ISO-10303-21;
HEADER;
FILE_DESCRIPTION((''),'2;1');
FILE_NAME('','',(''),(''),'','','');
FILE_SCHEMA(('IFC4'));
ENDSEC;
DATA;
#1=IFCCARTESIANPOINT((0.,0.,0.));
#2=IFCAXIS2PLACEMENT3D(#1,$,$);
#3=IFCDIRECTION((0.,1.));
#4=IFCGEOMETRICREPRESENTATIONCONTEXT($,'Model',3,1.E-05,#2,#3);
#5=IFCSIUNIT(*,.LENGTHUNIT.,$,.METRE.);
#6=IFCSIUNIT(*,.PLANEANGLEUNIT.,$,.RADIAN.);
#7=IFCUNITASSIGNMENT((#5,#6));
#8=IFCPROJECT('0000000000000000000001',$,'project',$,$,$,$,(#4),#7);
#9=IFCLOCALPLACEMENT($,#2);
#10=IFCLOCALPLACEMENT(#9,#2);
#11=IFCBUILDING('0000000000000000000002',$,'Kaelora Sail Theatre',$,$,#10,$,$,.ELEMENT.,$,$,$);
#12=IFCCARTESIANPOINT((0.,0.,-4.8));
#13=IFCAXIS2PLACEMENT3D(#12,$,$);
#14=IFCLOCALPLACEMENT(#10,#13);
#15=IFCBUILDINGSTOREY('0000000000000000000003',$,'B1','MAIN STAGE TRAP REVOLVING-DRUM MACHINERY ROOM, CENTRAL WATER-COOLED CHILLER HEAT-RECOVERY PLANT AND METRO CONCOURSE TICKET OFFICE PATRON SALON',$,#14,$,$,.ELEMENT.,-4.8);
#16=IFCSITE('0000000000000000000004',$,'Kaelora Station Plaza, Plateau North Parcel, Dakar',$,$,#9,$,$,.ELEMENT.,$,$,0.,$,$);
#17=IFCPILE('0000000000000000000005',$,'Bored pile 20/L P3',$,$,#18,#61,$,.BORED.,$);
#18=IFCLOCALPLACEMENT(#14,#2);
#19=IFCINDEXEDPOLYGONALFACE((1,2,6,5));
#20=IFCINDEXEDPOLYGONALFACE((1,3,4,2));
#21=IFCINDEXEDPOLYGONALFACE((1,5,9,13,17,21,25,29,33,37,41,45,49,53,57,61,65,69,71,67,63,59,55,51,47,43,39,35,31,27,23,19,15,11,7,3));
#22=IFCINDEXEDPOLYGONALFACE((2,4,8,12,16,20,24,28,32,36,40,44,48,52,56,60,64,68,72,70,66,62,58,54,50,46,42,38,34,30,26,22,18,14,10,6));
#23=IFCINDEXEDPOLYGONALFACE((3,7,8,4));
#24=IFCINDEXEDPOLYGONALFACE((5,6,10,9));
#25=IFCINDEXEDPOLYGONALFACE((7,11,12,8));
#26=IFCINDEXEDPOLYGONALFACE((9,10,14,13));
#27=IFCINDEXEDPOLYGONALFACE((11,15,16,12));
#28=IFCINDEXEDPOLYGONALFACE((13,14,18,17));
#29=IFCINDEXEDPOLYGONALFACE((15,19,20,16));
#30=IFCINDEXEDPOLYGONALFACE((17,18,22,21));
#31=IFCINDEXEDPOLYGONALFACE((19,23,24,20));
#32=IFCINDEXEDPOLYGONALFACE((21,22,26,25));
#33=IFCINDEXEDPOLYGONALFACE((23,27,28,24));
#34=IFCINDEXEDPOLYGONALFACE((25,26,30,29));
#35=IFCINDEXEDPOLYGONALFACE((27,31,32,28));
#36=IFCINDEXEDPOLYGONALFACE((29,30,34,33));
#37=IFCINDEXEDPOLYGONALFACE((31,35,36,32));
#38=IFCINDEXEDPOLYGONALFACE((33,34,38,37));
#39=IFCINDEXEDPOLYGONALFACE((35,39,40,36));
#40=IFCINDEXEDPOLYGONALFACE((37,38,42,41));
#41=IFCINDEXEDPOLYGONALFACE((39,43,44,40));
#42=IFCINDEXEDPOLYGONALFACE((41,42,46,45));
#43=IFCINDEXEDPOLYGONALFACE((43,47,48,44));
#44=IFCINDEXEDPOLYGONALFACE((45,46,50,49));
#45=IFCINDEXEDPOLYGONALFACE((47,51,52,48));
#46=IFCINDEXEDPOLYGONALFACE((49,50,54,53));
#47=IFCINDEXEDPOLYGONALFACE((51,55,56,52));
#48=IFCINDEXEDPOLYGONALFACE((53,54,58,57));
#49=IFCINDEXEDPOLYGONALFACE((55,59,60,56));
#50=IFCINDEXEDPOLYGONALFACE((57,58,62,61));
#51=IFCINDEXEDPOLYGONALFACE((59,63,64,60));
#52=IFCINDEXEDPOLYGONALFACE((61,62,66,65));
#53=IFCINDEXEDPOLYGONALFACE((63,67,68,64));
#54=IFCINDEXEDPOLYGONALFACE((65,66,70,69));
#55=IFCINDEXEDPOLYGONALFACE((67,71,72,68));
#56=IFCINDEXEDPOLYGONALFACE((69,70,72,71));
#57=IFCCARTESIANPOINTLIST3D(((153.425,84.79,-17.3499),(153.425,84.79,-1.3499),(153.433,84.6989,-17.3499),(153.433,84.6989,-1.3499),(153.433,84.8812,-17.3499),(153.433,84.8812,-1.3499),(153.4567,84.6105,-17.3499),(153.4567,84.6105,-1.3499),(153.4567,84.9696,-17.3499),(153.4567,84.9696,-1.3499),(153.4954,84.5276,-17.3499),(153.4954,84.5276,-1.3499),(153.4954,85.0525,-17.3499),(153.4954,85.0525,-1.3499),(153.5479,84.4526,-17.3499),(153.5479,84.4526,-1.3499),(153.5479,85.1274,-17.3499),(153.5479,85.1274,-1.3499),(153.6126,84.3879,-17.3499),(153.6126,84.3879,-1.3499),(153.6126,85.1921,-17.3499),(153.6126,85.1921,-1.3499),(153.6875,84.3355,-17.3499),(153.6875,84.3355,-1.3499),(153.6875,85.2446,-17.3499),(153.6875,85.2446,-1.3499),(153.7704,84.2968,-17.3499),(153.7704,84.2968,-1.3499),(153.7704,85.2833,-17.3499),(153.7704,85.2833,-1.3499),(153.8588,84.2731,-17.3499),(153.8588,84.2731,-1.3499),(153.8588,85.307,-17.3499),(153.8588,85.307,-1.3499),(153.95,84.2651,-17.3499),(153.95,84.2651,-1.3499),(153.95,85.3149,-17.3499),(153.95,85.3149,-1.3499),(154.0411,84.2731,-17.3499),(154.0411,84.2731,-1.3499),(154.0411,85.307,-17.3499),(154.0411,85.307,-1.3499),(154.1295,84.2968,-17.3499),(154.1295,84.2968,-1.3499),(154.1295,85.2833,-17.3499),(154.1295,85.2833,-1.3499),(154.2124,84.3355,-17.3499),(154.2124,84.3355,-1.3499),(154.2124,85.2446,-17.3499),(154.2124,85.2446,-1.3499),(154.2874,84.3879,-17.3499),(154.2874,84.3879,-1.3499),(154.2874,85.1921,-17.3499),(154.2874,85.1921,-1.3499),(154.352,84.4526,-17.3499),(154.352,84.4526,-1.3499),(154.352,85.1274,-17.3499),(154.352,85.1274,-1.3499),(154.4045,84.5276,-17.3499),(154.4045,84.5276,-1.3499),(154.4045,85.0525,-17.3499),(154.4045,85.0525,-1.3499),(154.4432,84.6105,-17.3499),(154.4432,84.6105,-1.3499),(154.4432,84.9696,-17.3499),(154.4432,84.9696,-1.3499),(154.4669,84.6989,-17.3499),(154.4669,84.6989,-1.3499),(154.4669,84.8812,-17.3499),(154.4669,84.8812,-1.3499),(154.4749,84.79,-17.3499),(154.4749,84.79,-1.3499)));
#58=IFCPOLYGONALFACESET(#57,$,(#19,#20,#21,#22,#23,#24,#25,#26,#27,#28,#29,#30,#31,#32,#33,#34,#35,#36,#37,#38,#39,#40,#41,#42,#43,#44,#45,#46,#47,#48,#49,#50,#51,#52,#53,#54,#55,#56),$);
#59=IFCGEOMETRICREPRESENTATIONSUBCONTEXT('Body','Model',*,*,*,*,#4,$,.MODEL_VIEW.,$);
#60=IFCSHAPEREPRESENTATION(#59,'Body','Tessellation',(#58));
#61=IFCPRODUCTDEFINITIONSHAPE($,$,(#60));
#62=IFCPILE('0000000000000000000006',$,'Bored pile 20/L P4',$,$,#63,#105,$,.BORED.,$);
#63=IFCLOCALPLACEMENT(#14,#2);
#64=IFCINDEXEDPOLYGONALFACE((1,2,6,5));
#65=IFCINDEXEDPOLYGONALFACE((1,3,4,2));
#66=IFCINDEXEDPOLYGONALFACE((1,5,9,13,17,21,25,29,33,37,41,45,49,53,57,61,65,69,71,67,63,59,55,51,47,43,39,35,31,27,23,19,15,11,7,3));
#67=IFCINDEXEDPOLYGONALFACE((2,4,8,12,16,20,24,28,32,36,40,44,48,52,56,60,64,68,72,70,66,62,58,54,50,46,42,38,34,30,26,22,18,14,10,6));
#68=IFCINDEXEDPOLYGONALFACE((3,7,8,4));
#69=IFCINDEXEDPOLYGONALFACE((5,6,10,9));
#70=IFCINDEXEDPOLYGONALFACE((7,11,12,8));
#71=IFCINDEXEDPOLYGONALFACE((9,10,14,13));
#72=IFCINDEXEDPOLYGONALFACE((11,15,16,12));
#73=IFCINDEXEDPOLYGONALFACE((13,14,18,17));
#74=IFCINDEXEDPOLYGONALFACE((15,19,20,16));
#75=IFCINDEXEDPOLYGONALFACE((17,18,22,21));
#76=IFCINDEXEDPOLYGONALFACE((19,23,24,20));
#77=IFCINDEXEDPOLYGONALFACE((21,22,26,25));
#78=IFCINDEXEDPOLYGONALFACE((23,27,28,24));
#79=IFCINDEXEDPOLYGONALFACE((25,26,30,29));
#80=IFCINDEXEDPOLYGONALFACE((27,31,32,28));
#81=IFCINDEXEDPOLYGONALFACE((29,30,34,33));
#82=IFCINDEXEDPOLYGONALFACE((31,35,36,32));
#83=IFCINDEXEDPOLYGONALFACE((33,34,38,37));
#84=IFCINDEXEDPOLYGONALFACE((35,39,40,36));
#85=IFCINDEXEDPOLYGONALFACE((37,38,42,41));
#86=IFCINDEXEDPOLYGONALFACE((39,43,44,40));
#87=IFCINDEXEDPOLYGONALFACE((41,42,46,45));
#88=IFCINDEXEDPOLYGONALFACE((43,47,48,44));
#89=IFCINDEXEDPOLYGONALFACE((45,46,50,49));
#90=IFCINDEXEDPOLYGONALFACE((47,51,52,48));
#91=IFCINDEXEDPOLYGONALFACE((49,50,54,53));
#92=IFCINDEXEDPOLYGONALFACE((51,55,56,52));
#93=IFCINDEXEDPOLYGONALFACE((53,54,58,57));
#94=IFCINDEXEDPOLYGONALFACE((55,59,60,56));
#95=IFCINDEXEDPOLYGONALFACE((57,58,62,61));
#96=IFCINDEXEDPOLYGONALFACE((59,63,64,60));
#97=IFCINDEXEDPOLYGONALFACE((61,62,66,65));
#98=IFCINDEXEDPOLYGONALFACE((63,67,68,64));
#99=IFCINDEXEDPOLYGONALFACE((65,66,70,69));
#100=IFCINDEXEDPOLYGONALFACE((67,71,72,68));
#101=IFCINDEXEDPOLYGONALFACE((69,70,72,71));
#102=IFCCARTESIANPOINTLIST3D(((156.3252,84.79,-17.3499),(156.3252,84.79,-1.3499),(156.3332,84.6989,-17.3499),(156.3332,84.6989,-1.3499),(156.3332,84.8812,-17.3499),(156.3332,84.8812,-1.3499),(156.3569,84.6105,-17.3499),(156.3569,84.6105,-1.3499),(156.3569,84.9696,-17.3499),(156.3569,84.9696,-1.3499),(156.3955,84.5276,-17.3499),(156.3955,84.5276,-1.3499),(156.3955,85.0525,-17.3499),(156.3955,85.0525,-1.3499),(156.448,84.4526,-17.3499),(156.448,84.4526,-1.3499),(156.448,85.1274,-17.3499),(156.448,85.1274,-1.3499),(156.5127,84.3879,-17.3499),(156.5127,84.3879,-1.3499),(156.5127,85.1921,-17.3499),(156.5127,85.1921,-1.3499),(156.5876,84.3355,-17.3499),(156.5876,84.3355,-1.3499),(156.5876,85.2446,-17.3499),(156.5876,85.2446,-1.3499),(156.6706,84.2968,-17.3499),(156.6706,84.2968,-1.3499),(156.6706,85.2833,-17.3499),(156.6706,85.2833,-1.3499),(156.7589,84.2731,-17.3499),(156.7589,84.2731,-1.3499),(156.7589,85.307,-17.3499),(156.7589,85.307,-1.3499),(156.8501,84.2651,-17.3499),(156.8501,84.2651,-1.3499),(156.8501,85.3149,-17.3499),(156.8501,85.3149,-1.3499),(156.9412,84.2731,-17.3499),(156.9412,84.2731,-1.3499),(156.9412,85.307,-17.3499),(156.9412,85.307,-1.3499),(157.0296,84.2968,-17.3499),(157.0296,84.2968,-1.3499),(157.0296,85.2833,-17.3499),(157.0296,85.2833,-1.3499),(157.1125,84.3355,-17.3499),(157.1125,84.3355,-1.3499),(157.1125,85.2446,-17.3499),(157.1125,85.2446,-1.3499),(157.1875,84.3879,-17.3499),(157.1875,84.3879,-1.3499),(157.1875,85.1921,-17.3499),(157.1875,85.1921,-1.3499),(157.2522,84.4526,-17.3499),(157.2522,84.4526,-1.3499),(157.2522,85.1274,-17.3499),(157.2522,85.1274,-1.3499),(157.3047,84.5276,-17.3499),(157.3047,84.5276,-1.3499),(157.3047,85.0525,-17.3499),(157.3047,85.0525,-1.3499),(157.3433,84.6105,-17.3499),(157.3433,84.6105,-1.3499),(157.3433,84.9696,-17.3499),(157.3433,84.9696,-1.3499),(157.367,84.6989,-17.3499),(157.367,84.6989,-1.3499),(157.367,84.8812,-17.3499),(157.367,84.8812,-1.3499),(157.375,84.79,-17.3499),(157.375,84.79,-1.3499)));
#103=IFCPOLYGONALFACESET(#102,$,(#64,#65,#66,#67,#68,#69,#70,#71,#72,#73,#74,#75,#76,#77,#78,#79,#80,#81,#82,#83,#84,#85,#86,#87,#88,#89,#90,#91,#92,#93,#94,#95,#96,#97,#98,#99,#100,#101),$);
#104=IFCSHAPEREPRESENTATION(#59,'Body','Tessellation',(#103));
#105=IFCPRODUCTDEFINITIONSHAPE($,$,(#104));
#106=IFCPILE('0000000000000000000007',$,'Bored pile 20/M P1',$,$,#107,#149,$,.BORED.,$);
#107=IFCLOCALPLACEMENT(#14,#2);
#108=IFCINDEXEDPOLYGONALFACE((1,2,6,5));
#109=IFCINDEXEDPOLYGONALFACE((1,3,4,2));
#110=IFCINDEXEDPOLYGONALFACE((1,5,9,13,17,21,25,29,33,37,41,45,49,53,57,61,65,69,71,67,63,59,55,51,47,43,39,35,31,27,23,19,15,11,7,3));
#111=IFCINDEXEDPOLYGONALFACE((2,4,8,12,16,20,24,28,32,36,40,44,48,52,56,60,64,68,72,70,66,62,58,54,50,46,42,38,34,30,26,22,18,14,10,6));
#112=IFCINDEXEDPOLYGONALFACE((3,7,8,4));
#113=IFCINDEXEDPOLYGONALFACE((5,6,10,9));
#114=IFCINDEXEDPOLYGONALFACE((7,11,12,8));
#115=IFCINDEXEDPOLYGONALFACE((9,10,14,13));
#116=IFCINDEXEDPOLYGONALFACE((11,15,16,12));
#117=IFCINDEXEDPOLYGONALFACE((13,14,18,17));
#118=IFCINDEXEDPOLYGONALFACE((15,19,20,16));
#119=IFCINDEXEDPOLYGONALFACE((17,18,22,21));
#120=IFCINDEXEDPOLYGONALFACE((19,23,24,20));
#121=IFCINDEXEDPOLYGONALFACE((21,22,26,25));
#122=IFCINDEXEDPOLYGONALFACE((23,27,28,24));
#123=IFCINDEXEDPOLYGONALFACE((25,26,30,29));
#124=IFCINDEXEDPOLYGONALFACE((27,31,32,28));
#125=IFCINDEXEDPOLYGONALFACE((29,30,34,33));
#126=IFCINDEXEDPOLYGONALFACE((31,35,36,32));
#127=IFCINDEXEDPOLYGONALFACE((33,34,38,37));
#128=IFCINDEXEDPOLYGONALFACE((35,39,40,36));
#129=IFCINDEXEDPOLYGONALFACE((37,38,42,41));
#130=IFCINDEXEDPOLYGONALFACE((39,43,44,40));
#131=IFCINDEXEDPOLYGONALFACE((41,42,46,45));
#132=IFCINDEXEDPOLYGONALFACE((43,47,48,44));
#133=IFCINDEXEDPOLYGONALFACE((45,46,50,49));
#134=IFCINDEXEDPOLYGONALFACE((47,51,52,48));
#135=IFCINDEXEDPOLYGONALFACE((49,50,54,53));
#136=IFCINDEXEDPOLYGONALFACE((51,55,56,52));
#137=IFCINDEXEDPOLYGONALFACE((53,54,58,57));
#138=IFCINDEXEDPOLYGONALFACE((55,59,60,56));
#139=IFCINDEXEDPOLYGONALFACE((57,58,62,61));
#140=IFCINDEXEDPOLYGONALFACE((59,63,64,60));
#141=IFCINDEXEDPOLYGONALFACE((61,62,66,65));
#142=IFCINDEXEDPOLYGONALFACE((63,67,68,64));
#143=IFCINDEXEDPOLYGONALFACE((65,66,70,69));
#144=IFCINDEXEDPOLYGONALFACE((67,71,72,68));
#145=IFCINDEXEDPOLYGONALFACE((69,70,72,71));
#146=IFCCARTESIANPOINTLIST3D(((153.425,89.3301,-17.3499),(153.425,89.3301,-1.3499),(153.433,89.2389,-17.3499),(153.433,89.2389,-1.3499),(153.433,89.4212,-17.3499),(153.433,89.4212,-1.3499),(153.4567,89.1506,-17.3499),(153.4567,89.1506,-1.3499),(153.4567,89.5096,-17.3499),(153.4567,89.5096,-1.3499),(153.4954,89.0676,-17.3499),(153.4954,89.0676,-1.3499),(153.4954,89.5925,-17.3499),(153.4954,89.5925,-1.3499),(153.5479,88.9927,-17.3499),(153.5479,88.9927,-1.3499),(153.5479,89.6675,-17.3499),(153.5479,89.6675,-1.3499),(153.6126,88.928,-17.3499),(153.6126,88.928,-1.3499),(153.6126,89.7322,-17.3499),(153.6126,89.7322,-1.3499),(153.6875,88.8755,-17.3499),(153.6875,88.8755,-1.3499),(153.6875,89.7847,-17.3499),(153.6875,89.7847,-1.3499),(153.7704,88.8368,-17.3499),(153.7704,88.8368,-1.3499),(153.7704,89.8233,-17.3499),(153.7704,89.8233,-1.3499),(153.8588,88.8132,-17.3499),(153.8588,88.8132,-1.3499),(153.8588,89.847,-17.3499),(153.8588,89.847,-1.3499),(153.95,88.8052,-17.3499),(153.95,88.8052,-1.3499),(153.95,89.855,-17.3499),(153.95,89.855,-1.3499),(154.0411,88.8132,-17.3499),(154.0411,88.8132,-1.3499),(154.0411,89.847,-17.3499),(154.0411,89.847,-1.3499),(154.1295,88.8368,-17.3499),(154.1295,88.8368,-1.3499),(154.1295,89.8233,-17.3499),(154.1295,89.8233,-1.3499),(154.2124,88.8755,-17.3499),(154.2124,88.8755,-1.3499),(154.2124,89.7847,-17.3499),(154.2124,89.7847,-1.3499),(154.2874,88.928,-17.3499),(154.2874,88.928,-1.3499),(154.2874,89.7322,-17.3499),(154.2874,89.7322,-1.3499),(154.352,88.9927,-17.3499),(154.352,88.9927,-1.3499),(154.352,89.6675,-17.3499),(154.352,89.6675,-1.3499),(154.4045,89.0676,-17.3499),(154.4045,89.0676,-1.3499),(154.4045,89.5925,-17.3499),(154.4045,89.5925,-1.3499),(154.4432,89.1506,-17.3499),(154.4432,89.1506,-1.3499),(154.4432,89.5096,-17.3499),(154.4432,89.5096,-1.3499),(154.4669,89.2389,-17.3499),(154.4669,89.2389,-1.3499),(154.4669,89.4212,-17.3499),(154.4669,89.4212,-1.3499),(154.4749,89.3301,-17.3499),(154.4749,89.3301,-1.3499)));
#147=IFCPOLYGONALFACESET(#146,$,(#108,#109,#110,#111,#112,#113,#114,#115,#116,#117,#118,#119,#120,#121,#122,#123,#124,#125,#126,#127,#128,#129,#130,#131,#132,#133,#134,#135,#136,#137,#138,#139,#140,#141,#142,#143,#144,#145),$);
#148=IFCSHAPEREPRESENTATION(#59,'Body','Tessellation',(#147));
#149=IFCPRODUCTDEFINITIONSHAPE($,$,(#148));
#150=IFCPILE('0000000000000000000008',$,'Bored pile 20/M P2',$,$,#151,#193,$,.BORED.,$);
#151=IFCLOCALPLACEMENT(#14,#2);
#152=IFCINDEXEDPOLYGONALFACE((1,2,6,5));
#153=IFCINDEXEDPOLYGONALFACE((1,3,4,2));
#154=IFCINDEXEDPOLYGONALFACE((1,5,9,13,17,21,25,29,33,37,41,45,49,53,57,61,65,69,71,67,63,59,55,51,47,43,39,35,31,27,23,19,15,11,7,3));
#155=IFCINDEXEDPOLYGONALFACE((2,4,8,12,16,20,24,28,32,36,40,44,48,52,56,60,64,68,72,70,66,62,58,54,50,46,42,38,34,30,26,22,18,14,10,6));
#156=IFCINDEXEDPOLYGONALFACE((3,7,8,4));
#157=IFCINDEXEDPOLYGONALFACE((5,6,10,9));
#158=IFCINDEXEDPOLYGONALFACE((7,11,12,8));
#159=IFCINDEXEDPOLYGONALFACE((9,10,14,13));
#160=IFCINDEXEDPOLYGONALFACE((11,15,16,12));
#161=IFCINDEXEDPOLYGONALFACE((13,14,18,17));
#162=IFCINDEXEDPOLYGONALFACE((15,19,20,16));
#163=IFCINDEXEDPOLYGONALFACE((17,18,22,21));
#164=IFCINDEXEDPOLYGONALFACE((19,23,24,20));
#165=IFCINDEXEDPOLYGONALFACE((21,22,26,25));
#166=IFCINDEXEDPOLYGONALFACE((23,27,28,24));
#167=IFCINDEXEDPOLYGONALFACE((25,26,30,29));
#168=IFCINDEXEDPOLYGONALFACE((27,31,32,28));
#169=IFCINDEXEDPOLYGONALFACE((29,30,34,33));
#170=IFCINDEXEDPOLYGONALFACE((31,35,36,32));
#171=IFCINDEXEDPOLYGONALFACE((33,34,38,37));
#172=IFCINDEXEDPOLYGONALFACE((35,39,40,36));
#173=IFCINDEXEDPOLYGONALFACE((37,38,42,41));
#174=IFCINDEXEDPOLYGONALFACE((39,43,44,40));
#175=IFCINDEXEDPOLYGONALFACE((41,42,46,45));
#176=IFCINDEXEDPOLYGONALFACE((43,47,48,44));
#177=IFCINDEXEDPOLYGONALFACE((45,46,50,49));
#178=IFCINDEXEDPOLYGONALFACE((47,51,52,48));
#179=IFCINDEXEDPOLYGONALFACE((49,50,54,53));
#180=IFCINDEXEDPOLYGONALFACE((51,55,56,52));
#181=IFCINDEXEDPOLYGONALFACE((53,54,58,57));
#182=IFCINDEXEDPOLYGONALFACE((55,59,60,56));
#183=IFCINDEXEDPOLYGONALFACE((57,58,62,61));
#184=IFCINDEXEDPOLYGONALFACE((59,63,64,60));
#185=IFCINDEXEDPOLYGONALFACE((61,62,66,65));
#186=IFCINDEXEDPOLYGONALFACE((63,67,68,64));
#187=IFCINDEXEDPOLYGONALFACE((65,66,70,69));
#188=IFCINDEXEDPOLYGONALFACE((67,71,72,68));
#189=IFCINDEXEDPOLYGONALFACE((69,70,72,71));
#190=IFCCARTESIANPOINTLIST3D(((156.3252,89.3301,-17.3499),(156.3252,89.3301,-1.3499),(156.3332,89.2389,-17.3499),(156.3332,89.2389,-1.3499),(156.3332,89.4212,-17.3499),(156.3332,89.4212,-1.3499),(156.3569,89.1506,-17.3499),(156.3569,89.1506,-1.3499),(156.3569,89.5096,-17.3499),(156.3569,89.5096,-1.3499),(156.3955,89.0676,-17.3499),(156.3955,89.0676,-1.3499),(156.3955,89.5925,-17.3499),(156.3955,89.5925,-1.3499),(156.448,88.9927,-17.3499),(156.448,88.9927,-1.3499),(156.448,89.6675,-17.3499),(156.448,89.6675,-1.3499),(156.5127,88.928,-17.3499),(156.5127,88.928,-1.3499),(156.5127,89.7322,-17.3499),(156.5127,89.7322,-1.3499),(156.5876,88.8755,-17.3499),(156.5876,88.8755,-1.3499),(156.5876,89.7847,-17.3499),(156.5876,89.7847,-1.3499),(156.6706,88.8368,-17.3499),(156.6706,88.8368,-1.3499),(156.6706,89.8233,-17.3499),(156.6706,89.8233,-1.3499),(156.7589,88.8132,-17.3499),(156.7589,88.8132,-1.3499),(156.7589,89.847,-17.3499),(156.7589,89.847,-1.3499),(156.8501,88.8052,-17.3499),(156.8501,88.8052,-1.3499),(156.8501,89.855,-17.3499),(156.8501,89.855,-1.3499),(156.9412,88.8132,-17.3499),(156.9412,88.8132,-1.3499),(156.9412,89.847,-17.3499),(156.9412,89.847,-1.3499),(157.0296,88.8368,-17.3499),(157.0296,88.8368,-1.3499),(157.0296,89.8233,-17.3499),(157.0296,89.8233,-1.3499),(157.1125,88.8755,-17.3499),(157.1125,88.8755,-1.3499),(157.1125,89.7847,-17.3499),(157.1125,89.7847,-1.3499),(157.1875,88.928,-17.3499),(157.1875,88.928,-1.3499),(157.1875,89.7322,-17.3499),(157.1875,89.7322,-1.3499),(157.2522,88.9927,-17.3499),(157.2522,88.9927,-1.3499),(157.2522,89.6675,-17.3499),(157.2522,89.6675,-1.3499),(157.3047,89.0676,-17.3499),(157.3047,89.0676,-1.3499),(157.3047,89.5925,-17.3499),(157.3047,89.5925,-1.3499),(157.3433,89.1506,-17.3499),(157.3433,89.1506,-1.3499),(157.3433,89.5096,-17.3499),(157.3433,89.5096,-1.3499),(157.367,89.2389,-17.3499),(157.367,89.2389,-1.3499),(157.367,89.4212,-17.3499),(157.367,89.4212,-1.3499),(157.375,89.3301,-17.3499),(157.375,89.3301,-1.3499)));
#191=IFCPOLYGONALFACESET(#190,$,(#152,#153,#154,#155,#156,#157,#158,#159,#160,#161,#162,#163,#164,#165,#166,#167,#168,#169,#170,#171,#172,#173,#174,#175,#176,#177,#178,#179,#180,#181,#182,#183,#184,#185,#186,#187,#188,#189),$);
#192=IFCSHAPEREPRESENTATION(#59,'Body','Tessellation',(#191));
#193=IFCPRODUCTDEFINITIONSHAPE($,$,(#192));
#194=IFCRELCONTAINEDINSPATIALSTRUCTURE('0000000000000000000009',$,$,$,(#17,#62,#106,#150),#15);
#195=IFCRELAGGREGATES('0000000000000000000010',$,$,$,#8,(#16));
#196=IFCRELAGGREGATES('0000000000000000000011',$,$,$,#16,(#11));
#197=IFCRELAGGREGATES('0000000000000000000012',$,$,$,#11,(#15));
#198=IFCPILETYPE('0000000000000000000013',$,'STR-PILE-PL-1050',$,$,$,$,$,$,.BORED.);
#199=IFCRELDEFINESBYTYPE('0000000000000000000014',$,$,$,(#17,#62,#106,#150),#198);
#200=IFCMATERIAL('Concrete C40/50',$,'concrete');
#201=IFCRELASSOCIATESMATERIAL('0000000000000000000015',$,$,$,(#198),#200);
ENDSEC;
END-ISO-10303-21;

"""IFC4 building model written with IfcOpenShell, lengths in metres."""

from ifc_helpers import new_model, si_unit, direction, frame, origin, origin_2d, place, context, subcontext, project, spatial, circle, extrude, material, material_profile, profile_set, type_object, element, save


model = new_model("IFC4")

# Units and contexts
model_context = context("Model", 3, precision=1e-05, world=origin(), true_north=direction((0.0, 1.0)))
body_context = subcontext(model_context, "Body", "Model", "MODEL_VIEW")
ifc_project = project(units=[si_unit("LENGTHUNIT", "METRE"), si_unit("PLANEANGLEUNIT", "RADIAN")], contexts=[model_context])

# Site, building, storey
site_placement = place(None, origin())
site = spatial("IfcSite", under=ifc_project, at=site_placement, Name="Kaelora Station Plaza, Plateau North Parcel, Dakar", CompositionType="ELEMENT", RefElevation=0.0)
building_placement = place(site_placement, origin())
building = spatial("IfcBuilding", under=site, at=building_placement, Name="Kaelora Sail Theatre", CompositionType="ELEMENT")
storey_placement = place(building_placement, frame((0.0, 0.0, -4.8)))
storey = spatial("IfcBuildingStorey", under=building, at=storey_placement, Name="B1", Description="MAIN STAGE TRAP REVOLVING-DRUM MACHINERY ROOM, CENTRAL WATER-COOLED CHILLER HEAT-RECOVERY PLANT AND METRO CONCOURSE TICKET OFFICE PATRON SALON", CompositionType="ELEMENT", Elevation=-4.8)

# Piles
ifc_material_1 = material(Name="Concrete C40/50", Category="concrete")
ifc_material_profile_1 = material_profile(ifc_material_1, circle(Radius=0.5249, at=origin_2d()), Name="PILE D1050")
ifc_profile_set_1 = profile_set([ifc_material_profile_1], Name="Concrete C40/50")
pile_type_1 = type_object("IfcPileType", Name="STR-PILE-PL-1050", PredefinedType="BORED", material=ifc_profile_set_1)
for number, where, z_axis, x_axis, name in (
    (1, (153.95, 84.79, -1.3499), (0.0, 0.0, -1.0), (1.0, 0.0, 0.0), "Bored pile 20/L P3"),
    (2, (156.8501, 84.79, -1.3499), (0.0, 0.0, -1.0), (1.0, 0.0, 0.0), "Bored pile 20/L P4"),
    (3, (153.95, 89.3301, -1.3499), (0.0, 0.0, -1.0), (1.0, 0.0, 0.0), "Bored pile 20/M P1"),
    (4, (156.8501, 89.3301, -1.3499), (0.0, 0.0, -1.0), (1.0, 0.0, 0.0), "Bored pile 20/M P2"),
):
    element("IfcPile", number, at=place(storey_placement, frame(where, z_axis=z_axis, x_axis=x_axis)), inside=storey, type_object=pile_type_1, Name=name, PredefinedType="BORED", context=body_context, shape_type="SweptSolid", body=[
        extrude(circle(Radius=0.5249, at=origin_2d()), origin(), (0.0, 0.0, 1.0), 16.0),
    ])

save(model, "model.ifc")
